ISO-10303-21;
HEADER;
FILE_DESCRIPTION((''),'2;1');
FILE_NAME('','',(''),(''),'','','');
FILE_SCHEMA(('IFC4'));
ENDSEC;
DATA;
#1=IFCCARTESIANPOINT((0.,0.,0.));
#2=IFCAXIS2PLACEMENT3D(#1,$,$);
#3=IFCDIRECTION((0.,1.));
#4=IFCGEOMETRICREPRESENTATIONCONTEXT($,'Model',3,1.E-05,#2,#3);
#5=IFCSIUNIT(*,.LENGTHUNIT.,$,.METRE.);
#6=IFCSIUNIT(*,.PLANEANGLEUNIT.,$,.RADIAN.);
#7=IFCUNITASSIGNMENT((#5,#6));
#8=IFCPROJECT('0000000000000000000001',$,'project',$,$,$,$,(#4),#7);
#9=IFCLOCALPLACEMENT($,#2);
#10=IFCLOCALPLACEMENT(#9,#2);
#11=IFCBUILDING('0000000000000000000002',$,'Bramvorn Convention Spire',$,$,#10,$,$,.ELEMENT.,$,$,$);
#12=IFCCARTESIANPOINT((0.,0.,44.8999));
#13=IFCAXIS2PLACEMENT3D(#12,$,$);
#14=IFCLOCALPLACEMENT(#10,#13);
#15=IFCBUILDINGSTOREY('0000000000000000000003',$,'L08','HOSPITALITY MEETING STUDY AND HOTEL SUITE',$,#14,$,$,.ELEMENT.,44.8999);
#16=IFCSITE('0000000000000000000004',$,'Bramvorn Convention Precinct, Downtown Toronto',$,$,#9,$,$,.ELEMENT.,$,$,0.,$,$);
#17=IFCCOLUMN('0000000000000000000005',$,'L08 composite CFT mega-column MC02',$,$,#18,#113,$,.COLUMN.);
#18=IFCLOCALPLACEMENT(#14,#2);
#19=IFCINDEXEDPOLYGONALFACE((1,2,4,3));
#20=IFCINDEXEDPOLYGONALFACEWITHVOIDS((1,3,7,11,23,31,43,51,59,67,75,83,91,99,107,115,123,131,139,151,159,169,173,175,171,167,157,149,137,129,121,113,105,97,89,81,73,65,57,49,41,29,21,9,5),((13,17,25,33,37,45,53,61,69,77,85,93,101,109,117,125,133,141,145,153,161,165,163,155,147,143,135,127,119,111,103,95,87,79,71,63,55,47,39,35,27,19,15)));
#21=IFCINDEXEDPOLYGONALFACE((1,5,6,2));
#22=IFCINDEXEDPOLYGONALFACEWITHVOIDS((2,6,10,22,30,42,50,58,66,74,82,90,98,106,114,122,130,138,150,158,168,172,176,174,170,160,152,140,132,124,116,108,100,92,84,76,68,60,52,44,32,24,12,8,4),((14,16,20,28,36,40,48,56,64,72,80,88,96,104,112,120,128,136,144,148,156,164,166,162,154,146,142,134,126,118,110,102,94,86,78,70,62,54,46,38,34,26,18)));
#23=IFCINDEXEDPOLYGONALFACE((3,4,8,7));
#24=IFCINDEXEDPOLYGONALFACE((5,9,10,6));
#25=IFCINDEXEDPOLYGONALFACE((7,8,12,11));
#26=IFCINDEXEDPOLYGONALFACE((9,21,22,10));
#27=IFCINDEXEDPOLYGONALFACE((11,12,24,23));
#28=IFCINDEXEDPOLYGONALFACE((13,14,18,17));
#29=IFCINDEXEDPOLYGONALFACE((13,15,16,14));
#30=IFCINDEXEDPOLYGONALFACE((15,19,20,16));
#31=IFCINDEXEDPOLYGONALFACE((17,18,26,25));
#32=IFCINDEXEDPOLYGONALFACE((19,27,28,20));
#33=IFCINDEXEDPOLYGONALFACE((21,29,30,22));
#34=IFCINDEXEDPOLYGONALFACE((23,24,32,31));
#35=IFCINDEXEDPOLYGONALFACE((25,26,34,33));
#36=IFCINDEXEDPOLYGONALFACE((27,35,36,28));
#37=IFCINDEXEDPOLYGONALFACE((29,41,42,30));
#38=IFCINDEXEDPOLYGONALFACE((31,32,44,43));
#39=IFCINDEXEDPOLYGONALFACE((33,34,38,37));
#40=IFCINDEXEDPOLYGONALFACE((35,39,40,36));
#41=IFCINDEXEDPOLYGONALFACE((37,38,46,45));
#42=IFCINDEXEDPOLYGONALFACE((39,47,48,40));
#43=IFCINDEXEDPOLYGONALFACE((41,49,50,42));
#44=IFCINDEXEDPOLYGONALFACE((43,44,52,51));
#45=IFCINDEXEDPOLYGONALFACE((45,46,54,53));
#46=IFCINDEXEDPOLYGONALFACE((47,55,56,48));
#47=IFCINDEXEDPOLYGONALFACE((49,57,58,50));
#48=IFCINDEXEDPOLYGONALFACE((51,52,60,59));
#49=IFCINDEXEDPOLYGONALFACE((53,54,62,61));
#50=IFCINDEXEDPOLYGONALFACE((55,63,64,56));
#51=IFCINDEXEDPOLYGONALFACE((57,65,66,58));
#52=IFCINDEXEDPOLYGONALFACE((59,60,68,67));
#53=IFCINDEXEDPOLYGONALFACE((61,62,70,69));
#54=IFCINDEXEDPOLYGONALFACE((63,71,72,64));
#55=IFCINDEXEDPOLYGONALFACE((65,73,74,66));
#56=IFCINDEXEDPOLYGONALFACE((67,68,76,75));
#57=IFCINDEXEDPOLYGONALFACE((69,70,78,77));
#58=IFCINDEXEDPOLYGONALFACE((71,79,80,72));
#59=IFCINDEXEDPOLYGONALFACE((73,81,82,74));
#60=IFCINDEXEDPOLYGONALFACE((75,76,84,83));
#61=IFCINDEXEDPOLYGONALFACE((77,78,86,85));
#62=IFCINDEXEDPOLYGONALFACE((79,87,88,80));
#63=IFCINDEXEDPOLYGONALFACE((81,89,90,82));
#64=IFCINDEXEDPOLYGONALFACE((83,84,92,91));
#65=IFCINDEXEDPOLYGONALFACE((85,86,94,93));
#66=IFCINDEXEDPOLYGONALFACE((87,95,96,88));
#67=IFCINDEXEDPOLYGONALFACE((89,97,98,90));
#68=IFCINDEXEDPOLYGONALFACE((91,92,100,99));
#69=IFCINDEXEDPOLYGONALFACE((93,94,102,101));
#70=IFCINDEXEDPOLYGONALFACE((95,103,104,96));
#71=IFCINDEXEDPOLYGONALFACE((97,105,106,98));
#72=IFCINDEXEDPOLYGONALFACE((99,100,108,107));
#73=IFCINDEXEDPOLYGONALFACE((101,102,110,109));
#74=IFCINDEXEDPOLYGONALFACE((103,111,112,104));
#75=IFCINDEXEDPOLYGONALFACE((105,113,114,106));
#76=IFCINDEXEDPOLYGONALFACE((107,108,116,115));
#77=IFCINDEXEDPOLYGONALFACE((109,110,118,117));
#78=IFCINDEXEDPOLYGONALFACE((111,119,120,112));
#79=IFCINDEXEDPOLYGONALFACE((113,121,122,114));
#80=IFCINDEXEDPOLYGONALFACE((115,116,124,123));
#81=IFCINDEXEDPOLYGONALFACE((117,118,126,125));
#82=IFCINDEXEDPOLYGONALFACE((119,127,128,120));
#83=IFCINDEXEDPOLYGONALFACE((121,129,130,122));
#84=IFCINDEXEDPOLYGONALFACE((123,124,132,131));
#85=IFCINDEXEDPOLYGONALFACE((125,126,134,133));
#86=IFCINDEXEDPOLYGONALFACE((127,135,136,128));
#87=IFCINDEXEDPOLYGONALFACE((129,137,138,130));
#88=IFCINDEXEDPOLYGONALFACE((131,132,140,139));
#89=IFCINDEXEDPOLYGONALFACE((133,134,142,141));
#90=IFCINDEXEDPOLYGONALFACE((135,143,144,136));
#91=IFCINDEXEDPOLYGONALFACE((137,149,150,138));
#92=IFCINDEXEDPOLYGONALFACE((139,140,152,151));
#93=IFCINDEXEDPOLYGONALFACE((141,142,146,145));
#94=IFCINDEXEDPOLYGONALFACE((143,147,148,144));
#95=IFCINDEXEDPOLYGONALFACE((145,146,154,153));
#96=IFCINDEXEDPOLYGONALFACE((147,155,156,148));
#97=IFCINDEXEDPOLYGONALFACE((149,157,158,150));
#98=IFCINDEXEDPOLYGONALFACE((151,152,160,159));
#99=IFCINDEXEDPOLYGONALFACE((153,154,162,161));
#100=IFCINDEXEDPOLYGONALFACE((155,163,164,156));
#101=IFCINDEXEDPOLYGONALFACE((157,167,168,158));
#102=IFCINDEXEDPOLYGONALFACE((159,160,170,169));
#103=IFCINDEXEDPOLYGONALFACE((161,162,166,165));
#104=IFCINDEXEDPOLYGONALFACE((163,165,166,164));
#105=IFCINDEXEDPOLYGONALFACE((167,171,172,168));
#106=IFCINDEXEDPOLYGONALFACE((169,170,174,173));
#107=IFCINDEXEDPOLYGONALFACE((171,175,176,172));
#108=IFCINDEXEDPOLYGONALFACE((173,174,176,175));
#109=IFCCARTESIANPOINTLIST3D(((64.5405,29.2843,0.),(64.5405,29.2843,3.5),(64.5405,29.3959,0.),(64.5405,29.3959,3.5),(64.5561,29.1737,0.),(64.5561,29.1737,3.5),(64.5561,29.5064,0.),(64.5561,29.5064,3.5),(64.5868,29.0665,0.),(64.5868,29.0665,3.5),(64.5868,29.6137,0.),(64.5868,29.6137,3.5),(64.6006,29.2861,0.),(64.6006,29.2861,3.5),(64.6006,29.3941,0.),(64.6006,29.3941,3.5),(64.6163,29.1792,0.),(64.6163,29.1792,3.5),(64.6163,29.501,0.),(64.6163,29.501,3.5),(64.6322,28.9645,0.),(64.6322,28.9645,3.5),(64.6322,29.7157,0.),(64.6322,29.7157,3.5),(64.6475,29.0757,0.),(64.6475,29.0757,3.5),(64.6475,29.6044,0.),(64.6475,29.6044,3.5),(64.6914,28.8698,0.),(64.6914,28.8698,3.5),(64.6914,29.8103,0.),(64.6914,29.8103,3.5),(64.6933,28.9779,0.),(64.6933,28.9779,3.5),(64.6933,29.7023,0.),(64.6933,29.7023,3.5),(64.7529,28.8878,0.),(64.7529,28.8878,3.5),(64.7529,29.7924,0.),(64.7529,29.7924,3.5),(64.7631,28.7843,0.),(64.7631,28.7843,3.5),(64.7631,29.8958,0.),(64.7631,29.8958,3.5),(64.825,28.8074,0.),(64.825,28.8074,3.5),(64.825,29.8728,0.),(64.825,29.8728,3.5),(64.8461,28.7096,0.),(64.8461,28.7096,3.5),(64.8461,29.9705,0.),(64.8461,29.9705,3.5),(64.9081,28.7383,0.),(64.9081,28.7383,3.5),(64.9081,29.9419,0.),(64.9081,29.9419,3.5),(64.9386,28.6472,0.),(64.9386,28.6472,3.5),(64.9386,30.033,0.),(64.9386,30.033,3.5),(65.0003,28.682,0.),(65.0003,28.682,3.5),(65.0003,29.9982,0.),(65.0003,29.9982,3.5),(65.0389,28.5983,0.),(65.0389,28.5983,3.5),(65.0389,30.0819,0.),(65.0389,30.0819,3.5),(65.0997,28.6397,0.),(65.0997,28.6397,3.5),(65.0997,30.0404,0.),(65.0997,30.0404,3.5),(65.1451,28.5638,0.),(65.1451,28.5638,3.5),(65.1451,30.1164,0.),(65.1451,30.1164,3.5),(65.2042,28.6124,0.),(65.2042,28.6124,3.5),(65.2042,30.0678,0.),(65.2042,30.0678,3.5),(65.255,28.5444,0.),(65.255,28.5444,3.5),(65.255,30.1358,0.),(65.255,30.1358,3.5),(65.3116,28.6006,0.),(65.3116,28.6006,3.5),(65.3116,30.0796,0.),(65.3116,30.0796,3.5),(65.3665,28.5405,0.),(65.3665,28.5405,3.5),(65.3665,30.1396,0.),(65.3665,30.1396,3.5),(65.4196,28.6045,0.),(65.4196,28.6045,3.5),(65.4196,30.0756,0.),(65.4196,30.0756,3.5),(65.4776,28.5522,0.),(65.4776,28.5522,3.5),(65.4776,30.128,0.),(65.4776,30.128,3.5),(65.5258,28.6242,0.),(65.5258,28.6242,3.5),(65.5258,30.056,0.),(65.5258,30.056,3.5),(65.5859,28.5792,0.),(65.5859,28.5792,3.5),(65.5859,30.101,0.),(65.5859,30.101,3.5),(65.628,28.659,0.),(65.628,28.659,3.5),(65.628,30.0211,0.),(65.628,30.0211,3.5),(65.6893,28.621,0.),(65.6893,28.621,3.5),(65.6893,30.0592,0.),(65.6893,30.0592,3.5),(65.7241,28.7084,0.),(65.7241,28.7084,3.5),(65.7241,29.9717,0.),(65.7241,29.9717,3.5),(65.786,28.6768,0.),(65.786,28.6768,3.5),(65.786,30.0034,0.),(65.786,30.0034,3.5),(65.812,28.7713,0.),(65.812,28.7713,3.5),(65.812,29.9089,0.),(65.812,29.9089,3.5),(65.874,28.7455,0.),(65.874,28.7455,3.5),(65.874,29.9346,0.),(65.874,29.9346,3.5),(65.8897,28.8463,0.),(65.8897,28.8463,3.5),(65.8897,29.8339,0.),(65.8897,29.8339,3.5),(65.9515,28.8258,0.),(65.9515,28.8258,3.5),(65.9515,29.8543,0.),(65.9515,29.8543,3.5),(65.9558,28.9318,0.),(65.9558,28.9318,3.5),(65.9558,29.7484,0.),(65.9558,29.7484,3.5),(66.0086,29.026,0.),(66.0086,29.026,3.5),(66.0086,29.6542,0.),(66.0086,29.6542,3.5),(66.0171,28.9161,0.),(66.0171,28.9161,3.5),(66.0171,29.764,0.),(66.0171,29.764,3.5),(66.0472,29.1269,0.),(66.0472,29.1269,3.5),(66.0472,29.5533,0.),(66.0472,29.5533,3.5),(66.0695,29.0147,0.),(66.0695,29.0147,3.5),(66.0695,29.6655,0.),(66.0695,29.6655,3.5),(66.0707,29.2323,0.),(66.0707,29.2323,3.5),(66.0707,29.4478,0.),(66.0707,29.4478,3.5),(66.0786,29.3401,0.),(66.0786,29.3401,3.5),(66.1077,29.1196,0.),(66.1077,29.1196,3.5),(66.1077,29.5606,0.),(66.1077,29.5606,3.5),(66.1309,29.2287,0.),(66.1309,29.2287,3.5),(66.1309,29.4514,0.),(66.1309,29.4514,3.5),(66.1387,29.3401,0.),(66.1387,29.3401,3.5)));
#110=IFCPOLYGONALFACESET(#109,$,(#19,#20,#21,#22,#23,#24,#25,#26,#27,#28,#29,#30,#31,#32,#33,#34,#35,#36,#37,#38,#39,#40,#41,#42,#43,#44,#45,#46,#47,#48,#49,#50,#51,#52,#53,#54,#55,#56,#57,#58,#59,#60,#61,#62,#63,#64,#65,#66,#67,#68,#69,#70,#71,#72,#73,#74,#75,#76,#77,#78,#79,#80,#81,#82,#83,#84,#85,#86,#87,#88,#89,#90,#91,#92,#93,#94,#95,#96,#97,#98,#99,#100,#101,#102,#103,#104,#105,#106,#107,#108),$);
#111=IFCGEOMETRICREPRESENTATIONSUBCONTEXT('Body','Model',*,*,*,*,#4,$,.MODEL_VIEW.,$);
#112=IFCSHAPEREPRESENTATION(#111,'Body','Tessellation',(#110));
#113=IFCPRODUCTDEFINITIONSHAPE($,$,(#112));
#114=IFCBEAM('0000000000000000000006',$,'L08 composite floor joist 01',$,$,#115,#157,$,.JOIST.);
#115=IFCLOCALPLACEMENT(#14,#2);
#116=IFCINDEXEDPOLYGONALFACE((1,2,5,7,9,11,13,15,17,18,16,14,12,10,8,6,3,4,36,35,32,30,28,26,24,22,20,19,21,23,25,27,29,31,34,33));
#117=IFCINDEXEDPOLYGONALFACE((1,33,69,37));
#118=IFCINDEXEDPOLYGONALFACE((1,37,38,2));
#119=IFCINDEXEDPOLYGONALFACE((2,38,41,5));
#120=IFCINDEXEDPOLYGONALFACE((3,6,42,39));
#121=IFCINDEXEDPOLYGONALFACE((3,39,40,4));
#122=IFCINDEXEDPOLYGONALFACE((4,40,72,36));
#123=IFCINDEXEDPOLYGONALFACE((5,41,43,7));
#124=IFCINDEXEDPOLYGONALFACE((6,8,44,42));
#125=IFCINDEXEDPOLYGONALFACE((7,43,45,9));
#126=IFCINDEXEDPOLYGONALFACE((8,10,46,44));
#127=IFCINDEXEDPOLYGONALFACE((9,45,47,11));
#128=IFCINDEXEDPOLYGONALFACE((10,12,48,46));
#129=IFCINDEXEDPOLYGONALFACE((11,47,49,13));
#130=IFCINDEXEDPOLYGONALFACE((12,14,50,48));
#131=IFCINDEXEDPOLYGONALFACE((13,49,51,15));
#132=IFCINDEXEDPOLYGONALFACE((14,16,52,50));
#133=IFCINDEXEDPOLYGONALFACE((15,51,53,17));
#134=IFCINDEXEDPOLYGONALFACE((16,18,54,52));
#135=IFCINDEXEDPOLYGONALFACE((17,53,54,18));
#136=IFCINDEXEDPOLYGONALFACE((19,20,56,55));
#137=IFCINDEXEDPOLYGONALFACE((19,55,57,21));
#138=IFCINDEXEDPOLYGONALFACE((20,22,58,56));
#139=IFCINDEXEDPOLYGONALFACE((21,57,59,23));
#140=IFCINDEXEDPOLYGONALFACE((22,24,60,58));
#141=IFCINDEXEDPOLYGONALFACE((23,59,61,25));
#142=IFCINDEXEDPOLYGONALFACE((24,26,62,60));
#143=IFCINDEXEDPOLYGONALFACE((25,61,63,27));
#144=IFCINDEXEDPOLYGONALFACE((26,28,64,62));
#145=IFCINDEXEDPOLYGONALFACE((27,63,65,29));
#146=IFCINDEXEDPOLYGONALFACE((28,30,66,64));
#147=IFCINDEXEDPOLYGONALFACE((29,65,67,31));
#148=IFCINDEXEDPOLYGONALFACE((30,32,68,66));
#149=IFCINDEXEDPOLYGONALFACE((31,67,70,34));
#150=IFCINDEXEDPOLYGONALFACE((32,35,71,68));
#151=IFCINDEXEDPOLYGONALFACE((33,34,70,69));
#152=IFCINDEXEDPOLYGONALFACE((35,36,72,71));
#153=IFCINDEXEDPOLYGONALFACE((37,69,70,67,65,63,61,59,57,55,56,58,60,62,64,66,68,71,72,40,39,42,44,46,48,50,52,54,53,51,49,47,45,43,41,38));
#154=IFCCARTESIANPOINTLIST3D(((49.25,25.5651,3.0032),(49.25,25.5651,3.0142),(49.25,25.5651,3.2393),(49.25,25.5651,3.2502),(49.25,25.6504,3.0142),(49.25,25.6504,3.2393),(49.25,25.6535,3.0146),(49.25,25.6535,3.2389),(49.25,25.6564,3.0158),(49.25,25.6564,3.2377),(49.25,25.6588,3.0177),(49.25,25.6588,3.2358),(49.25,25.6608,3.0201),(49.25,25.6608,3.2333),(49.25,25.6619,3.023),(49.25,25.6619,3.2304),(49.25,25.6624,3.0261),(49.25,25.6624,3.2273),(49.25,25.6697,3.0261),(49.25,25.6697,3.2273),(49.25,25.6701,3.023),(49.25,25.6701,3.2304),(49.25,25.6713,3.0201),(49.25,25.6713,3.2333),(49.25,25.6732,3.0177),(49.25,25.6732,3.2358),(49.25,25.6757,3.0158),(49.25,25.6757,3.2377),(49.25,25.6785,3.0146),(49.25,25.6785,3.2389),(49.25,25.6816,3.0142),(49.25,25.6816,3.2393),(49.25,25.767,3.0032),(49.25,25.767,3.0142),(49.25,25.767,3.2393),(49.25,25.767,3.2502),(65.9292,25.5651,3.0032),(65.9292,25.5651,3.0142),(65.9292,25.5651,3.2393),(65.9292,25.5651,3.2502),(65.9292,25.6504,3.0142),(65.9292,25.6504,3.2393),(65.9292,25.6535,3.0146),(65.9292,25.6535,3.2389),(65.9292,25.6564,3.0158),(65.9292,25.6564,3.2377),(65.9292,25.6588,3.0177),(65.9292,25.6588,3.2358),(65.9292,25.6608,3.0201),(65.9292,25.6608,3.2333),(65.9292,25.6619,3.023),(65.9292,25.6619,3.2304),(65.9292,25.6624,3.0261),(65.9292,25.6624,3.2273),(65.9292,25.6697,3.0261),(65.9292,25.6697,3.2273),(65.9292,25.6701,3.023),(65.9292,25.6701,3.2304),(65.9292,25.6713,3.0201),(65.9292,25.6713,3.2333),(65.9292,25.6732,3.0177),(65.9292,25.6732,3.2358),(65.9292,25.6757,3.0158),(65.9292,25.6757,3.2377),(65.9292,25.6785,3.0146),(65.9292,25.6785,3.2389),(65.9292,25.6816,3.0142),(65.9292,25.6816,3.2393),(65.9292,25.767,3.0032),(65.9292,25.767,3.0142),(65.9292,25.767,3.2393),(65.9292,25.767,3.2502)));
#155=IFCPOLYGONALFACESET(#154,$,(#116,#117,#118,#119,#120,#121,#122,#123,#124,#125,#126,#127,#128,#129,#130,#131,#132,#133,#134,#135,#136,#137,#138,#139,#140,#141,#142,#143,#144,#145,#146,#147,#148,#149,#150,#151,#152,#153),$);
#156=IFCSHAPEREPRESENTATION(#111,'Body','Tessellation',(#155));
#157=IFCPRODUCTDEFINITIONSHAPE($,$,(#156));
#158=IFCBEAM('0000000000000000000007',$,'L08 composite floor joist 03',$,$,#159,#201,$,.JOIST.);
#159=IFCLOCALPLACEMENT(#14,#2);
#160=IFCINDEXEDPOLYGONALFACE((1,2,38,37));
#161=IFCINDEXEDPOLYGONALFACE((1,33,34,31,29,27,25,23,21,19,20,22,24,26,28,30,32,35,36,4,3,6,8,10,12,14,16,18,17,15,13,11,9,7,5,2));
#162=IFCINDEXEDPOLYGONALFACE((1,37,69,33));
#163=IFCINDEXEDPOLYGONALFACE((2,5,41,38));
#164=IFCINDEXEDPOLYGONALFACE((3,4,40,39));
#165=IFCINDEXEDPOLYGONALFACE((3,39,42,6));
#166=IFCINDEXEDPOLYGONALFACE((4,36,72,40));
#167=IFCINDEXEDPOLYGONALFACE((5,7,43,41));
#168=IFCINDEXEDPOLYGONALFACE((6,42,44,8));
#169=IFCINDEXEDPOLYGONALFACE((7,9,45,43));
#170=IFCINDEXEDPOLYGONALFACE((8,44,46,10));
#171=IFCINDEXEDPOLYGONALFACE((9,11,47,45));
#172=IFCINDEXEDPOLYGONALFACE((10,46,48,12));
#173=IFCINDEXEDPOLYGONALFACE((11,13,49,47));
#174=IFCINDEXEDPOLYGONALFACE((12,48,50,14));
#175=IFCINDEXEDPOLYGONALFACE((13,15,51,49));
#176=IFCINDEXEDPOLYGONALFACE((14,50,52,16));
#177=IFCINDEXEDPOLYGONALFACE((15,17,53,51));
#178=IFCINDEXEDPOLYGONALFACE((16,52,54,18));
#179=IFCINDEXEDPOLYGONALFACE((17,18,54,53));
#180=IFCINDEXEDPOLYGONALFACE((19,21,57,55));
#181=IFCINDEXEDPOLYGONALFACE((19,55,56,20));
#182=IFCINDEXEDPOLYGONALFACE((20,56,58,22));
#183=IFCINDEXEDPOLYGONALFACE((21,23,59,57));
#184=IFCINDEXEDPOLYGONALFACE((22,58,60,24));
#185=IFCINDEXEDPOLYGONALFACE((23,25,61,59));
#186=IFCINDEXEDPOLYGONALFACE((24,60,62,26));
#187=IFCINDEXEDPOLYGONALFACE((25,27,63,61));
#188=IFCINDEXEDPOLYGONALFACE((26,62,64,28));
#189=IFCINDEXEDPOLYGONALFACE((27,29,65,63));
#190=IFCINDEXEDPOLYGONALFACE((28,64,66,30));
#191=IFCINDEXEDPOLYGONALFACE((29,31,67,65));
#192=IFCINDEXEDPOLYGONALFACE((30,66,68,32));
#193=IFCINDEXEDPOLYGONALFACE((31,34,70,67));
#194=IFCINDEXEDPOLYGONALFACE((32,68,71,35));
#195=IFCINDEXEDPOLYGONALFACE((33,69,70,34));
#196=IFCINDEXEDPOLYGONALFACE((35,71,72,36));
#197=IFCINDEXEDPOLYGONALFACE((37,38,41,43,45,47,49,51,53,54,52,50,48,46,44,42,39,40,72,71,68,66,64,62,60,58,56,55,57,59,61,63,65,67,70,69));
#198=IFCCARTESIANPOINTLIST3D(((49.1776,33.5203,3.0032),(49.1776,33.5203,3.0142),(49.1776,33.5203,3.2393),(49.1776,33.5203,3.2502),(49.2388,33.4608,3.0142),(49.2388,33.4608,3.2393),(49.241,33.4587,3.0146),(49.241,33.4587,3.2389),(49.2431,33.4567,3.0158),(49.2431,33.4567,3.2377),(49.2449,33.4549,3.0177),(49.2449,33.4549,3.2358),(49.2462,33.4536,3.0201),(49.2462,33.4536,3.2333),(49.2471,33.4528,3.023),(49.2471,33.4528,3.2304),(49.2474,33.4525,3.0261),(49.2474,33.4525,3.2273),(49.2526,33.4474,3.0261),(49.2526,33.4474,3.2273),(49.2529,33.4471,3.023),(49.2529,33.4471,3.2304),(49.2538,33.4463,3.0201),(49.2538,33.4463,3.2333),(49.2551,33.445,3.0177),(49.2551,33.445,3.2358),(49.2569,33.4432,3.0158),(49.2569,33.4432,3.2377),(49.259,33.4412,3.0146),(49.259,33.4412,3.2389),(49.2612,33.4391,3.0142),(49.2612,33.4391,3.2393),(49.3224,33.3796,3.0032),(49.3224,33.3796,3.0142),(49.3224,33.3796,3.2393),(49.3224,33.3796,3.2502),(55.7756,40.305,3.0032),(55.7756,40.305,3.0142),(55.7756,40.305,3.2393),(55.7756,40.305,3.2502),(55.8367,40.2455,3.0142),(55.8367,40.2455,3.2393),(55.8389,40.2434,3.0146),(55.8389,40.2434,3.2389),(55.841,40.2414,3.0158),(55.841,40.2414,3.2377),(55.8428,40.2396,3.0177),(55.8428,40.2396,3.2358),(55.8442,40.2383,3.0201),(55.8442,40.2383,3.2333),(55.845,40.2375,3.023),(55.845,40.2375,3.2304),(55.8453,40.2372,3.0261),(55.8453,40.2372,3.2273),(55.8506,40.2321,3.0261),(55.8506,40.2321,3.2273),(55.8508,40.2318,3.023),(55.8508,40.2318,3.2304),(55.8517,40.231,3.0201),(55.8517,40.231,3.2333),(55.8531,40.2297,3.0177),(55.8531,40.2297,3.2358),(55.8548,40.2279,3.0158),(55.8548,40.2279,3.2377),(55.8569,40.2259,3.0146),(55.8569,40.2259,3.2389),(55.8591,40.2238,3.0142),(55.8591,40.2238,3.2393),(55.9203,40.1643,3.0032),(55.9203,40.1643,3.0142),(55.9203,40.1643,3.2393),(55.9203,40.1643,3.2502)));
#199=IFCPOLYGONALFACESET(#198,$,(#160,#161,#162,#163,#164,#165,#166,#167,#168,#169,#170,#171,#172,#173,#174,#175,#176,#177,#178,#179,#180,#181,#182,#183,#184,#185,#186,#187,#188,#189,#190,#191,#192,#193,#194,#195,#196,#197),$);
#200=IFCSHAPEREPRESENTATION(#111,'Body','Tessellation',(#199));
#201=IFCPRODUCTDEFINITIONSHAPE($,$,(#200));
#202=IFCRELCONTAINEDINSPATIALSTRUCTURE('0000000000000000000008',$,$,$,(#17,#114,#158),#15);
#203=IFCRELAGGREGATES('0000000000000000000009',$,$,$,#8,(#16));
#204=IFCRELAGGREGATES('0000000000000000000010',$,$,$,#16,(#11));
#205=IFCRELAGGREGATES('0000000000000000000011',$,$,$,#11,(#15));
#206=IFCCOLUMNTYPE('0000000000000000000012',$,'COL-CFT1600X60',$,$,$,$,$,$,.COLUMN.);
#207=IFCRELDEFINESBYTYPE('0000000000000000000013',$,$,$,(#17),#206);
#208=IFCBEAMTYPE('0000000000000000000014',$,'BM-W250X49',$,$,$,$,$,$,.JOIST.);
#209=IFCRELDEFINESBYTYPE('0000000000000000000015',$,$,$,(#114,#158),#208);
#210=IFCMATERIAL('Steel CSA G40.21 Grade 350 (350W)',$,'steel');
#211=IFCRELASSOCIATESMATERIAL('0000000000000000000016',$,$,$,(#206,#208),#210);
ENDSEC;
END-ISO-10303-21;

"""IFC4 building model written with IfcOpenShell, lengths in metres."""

from ifc_helpers import new_model, si_unit, direction, frame, origin, origin_2d, place, context, subcontext, project, spatial, hollow_circle, i_section, extrude, material, material_profile, profile_set, type_object, element, save


model = new_model("IFC4")

# Units and contexts
model_context = context("Model", 3, precision=1e-05, world=origin(), true_north=direction((0.0, 1.0)))
body_context = subcontext(model_context, "Body", "Model", "MODEL_VIEW")
ifc_project = project(units=[si_unit("LENGTHUNIT", "METRE"), si_unit("PLANEANGLEUNIT", "RADIAN")], contexts=[model_context])

# Site, building, storey
site_placement = place(None, origin())
site = spatial("IfcSite", under=ifc_project, at=site_placement, Name="Bramvorn Convention Precinct, Downtown Toronto", CompositionType="ELEMENT", RefElevation=0.0)
building_placement = place(site_placement, origin())
building = spatial("IfcBuilding", under=site, at=building_placement, Name="Bramvorn Convention Spire", CompositionType="ELEMENT")
storey_placement = place(building_placement, frame((0.0, 0.0, 44.8999)))
storey = spatial("IfcBuildingStorey", under=building, at=storey_placement, Name="L08", Description="HOSPITALITY MEETING STUDY AND HOTEL SUITE", CompositionType="ELEMENT", Elevation=44.8999)

# Column
ifc_material_1 = material(Name="Steel CSA G40.21 Grade 350 (350W)", Category="steel")
ifc_material_profile_1 = material_profile(ifc_material_1, hollow_circle(Radius=0.8, WallThickness=0.0601, at=origin_2d()))
ifc_profile_set_1 = profile_set([ifc_material_profile_1], Name="Steel CSA G40.21 Grade 350 (350W) - CFT1600X60")
column_type = type_object("IfcColumnType", Name="COL-CFT1600X60", PredefinedType="COLUMN", material=ifc_profile_set_1)
column_placement = place(storey_placement, frame((65.3386, 29.3401, 0.0), z_axis=(0.0, 0.0, 1.0), x_axis=(1.0, 0.0, 0.0)))
element("IfcColumn", 1, at=column_placement, inside=storey, type_object=column_type, Name="L08 composite CFT mega-column MC02", PredefinedType="COLUMN", context=body_context, shape_type="SweptSolid", body=[
    extrude(hollow_circle(Radius=0.8, WallThickness=0.0601, at=origin_2d()), origin(), (0.0, 0.0, 1.0), 3.5),
])

# Beams
ifc_material_profile_2 = material_profile(ifc_material_1, i_section(OverallWidth=0.2019, OverallDepth=0.2471, WebThickness=0.0073, FlangeThickness=0.011, FilletRadius=0.012, at=origin_2d()))
ifc_profile_set_2 = profile_set([ifc_material_profile_2], Name="Steel CSA G40.21 Grade 350 (350W) - W250X49")
beam_type_1 = type_object("IfcBeamType", Name="BM-W250X49", PredefinedType="JOIST", material=ifc_profile_set_2)
beam_1_placement = place(storey_placement, frame((49.25, 25.666, 3.1267), z_axis=(1.0, 0.0, 0.0), x_axis=(0.0, 1.0, 0.0)))
element("IfcBeam", 2, at=beam_1_placement, inside=storey, type_object=beam_type_1, Name="L08 composite floor joist 01", PredefinedType="JOIST", context=body_context, shape_type="SweptSolid", body=[
    extrude(i_section(OverallWidth=0.2019, OverallDepth=0.2471, WebThickness=0.0073, FlangeThickness=0.011, FilletRadius=0.012, at=origin_2d()), origin(), (0.0, 0.0, 1.0), 16.6792),
])
beam_2_placement = place(storey_placement, frame((49.25, 33.45, 3.1267), z_axis=(0.69717, 0.716905, 0.0), x_axis=(-0.716905, 0.69717, 0.0)))
element("IfcBeam", 3, at=beam_2_placement, inside=storey, type_object=beam_type_1, Name="L08 composite floor joist 03", PredefinedType="JOIST", context=body_context, shape_type="SweptSolid", body=[
    extrude(i_section(OverallWidth=0.2019, OverallDepth=0.2471, WebThickness=0.0073, FlangeThickness=0.011, FilletRadius=0.012, at=origin_2d()), origin(), (0.0, 0.0, 1.0), 9.4639),
])

save(model, "model.ifc")
